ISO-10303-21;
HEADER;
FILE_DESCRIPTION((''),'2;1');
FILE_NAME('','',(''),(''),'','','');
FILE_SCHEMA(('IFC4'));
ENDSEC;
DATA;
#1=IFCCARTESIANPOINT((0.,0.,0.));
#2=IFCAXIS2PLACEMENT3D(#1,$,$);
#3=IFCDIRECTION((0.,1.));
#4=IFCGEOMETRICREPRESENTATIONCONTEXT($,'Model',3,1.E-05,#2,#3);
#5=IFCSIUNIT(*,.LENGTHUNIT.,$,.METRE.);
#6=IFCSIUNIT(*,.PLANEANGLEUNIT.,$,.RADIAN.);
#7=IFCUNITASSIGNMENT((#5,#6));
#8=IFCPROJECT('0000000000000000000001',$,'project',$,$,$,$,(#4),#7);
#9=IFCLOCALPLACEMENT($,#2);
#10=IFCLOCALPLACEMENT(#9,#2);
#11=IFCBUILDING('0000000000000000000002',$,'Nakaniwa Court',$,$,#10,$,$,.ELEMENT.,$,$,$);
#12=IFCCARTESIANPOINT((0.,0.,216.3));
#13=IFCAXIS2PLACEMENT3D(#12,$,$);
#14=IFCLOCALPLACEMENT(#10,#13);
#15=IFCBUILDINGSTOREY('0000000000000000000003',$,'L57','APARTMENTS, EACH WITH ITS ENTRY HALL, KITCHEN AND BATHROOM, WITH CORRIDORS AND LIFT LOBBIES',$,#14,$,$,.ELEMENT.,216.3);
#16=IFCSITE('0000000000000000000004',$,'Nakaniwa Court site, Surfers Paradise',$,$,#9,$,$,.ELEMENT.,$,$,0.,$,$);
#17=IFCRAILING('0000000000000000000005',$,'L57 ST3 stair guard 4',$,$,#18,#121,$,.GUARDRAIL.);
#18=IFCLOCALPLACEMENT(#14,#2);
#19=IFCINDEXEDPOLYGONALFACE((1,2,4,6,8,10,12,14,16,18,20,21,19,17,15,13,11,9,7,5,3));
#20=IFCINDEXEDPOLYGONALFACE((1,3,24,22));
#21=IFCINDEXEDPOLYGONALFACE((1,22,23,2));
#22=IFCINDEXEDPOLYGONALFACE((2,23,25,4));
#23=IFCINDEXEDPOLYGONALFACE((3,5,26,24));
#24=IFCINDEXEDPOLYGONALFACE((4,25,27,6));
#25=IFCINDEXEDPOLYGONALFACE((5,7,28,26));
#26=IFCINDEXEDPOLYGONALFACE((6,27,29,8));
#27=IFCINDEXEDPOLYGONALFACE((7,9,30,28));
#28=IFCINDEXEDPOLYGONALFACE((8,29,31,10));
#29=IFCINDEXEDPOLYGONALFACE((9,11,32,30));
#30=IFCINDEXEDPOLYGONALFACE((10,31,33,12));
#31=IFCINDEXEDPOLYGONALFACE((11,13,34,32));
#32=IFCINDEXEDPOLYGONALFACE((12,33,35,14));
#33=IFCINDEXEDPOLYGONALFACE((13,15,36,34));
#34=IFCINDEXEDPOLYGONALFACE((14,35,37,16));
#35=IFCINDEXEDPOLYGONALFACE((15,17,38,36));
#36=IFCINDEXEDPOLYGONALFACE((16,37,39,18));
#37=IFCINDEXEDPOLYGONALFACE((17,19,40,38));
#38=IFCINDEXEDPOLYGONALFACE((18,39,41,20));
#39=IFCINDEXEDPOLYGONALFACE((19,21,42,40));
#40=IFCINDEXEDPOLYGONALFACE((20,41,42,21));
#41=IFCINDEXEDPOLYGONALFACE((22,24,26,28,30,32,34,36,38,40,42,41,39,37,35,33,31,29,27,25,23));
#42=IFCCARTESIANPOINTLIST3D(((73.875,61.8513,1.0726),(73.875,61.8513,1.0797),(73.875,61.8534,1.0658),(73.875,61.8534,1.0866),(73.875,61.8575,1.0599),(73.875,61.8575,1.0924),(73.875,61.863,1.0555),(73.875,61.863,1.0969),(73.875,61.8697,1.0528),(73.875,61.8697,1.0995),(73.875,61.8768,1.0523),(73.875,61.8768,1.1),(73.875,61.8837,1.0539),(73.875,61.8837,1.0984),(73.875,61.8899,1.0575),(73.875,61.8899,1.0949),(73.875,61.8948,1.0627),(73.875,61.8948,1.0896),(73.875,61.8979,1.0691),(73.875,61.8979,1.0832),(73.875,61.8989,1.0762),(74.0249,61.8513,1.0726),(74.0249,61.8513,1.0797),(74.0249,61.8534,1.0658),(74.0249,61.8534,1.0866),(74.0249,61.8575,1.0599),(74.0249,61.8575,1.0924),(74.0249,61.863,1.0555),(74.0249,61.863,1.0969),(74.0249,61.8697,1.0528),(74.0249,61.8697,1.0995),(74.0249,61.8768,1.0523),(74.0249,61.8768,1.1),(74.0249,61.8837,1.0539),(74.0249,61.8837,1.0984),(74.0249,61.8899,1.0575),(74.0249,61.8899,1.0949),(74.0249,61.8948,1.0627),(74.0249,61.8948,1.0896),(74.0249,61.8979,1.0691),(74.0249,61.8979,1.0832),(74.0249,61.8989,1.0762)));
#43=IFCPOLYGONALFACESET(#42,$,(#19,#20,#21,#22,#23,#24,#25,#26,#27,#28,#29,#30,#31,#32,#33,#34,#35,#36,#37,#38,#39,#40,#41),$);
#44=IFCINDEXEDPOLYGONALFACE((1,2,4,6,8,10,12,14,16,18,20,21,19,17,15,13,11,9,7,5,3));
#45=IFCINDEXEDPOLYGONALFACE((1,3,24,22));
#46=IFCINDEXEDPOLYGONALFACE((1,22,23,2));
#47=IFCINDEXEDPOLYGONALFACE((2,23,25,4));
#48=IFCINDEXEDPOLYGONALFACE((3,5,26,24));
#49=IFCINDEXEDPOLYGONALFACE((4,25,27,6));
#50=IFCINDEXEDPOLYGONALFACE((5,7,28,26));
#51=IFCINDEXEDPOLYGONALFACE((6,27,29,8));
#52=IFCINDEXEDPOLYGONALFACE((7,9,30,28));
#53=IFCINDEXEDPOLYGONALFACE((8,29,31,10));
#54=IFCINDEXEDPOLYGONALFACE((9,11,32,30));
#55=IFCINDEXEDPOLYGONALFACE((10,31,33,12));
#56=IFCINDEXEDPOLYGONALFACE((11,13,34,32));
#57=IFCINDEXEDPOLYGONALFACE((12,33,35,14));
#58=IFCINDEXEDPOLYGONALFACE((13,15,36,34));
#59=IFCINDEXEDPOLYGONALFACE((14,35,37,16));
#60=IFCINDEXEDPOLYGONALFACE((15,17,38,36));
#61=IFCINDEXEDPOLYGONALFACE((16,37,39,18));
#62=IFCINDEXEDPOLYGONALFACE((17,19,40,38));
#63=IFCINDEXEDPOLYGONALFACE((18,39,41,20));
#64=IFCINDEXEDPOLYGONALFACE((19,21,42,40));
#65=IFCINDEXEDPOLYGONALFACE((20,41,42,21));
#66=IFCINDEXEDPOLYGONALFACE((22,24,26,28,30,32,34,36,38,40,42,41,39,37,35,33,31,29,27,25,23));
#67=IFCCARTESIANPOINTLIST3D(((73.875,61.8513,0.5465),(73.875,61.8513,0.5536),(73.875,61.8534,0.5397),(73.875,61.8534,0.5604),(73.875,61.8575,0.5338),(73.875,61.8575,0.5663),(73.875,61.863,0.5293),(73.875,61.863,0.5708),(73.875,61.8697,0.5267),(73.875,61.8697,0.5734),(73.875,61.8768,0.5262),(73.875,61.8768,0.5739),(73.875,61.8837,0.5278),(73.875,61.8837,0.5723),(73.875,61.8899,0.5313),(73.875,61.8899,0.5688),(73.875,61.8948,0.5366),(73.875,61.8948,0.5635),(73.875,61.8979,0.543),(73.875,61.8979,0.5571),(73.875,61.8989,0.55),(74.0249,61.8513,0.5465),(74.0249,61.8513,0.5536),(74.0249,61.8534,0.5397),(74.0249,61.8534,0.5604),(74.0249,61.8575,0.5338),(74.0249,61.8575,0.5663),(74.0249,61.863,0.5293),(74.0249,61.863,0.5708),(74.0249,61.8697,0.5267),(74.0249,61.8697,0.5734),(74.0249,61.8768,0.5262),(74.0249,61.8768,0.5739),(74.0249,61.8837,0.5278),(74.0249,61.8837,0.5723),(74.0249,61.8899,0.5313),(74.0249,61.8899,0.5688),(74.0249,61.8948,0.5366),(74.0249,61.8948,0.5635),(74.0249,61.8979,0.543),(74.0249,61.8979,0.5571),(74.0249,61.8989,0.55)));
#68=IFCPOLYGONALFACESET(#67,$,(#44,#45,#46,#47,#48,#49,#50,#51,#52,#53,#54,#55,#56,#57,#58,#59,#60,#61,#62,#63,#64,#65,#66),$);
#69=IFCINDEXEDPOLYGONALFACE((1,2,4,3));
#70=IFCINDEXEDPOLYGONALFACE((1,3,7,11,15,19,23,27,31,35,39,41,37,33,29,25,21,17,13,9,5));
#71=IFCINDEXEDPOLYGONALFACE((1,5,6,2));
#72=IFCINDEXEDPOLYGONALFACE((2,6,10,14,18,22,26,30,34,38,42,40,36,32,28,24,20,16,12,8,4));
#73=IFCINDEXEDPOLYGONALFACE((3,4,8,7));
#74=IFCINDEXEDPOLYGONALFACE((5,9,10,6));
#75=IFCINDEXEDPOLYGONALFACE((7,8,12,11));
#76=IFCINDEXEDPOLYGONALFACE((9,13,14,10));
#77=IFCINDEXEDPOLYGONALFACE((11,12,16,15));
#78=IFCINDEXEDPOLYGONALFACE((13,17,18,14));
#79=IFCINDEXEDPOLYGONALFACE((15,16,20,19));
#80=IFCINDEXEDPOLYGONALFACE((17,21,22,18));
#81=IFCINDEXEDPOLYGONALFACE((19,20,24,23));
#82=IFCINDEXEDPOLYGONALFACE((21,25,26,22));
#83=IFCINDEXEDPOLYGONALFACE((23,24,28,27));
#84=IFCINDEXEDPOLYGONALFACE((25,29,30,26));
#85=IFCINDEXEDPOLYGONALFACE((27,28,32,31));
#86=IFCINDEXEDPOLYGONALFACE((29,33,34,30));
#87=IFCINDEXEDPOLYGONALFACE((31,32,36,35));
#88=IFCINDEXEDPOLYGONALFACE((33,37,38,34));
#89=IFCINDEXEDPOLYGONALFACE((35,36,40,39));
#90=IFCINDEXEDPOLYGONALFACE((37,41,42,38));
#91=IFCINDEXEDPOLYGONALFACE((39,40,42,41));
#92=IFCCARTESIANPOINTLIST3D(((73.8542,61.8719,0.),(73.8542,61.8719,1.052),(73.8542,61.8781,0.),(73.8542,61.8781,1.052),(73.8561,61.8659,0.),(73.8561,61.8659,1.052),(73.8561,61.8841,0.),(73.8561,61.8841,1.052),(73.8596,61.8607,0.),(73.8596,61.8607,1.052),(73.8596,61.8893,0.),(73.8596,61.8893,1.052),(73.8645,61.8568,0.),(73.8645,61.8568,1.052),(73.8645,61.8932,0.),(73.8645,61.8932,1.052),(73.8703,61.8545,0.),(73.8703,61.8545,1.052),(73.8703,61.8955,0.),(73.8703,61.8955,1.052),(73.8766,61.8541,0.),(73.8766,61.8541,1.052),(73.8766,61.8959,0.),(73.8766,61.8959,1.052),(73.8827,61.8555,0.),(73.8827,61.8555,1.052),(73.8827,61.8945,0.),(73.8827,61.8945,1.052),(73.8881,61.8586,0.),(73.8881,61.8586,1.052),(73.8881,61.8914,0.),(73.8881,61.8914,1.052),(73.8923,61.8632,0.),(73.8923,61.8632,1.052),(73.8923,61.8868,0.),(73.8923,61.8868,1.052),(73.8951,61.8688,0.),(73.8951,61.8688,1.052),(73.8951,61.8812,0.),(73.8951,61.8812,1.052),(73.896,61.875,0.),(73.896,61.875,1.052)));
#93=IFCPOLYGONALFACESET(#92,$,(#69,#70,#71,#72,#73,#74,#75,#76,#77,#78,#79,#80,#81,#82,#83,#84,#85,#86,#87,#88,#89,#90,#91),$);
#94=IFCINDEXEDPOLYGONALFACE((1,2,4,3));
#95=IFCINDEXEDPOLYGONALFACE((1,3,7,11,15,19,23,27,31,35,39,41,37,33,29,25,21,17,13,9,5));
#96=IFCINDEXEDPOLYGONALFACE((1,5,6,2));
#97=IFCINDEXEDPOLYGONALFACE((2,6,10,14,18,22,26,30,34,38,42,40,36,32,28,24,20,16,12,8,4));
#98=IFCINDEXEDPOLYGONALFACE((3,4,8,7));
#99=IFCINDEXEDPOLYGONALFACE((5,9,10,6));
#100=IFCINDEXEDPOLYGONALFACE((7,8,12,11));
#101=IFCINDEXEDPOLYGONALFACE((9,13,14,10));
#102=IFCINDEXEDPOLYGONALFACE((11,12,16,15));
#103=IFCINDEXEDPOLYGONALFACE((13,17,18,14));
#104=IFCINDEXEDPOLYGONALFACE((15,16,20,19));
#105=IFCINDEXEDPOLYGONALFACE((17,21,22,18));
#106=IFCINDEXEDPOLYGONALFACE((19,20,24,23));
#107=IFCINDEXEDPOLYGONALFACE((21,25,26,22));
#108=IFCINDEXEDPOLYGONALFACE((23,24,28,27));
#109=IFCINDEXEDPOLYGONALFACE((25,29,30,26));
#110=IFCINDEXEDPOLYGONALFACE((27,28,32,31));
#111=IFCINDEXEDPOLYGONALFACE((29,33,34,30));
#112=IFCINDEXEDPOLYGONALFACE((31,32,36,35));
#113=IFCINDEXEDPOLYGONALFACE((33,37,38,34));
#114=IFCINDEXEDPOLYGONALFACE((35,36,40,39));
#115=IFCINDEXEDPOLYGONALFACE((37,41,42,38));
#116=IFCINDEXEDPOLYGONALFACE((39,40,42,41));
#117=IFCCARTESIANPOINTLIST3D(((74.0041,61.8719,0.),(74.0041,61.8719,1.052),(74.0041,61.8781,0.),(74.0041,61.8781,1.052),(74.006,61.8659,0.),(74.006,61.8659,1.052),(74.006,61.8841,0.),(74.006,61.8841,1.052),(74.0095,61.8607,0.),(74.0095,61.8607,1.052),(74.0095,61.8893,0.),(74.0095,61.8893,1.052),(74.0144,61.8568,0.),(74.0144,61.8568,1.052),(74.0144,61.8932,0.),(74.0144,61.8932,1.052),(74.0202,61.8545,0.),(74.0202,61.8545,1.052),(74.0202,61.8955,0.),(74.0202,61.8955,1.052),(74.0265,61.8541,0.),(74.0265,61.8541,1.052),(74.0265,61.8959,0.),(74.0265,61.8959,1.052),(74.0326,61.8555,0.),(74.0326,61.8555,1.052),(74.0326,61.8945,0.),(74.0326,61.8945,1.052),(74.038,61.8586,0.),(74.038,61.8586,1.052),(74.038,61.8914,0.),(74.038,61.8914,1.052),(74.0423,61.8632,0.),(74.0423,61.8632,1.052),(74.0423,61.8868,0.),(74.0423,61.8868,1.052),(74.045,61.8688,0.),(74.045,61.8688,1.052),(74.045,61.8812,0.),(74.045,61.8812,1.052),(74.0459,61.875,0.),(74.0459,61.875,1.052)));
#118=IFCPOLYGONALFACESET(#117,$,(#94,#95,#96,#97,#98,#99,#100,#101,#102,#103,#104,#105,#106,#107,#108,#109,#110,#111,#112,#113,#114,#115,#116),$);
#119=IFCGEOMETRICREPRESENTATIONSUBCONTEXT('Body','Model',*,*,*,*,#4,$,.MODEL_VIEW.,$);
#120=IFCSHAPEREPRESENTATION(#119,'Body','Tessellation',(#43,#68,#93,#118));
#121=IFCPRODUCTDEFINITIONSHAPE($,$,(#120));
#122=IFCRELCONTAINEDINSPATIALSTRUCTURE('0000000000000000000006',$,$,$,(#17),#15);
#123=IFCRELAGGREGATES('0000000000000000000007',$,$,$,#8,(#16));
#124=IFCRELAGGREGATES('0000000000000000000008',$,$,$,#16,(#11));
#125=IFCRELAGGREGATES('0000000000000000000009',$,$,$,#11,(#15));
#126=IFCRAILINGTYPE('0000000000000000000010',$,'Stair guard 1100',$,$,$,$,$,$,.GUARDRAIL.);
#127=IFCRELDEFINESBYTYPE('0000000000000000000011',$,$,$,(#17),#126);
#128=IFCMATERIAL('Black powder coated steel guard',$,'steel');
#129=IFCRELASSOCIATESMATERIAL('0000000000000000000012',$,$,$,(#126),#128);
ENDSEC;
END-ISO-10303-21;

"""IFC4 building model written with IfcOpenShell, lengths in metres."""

from ifc_helpers import new_model, si_unit, direction, frame, origin, origin_2d, place, context, subcontext, project, spatial, circle, extrude, material, type_object, element, save


model = new_model("IFC4")

# Units and contexts
model_context = context("Model", 3, precision=1e-05, world=origin(), true_north=direction((0.0, 1.0)))
body_context = subcontext(model_context, "Body", "Model", "MODEL_VIEW")
ifc_project = project(units=[si_unit("LENGTHUNIT", "METRE"), si_unit("PLANEANGLEUNIT", "RADIAN")], contexts=[model_context])

# Site, building, storey
site_placement = place(None, origin())
site = spatial("IfcSite", under=ifc_project, at=site_placement, Name="Nakaniwa Court site, Surfers Paradise", CompositionType="ELEMENT", RefElevation=0.0)
building_placement = place(site_placement, origin())
building = spatial("IfcBuilding", under=site, at=building_placement, Name="Nakaniwa Court", CompositionType="ELEMENT")
storey_placement = place(building_placement, frame((0.0, 0.0, 216.3)))
storey = spatial("IfcBuildingStorey", under=building, at=storey_placement, Name="L57", Description="APARTMENTS, EACH WITH ITS ENTRY HALL, KITCHEN AND BATHROOM, WITH CORRIDORS AND LIFT LOBBIES", CompositionType="ELEMENT", Elevation=216.3)

# Railing
ifc_material_1 = material(Name="Black powder coated steel guard", Category="steel")
railing_type_1 = type_object("IfcRailingType", Name="Stair guard 1100", PredefinedType="GUARDRAIL", material=ifc_material_1)
railing_1_placement = place(storey_placement, frame((73.875, 61.875, 0.0)))
element("IfcRailing", 1, at=railing_1_placement, inside=storey, type_object=railing_type_1, Name="L57 ST3 stair guard 4", PredefinedType="GUARDRAIL", context=body_context, shape_type="SweptSolid", body=[
    extrude(circle(Radius=0.0239, at=origin_2d()), frame((0.0, 0.0, 1.0762), z_axis=(1.0, 0.0, 0.0), x_axis=(0.0, 1.0, 0.0)), (0.0, 0.0, 1.0), 0.1499),
    extrude(circle(Radius=0.0239, at=origin_2d()), frame((0.0, 0.0, 0.55), z_axis=(1.0, 0.0, 0.0), x_axis=(0.0, 1.0, 0.0)), (0.0, 0.0, 1.0), 0.1499),
    extrude(circle(Radius=0.021, at=origin_2d()), origin(), (0.0, 0.0, 1.0), 1.052),
    extrude(circle(Radius=0.021, at=origin_2d()), frame((0.1499, 0.0, 0.0)), (0.0, 0.0, 1.0), 1.052),
])

save(model, "model.ifc")
